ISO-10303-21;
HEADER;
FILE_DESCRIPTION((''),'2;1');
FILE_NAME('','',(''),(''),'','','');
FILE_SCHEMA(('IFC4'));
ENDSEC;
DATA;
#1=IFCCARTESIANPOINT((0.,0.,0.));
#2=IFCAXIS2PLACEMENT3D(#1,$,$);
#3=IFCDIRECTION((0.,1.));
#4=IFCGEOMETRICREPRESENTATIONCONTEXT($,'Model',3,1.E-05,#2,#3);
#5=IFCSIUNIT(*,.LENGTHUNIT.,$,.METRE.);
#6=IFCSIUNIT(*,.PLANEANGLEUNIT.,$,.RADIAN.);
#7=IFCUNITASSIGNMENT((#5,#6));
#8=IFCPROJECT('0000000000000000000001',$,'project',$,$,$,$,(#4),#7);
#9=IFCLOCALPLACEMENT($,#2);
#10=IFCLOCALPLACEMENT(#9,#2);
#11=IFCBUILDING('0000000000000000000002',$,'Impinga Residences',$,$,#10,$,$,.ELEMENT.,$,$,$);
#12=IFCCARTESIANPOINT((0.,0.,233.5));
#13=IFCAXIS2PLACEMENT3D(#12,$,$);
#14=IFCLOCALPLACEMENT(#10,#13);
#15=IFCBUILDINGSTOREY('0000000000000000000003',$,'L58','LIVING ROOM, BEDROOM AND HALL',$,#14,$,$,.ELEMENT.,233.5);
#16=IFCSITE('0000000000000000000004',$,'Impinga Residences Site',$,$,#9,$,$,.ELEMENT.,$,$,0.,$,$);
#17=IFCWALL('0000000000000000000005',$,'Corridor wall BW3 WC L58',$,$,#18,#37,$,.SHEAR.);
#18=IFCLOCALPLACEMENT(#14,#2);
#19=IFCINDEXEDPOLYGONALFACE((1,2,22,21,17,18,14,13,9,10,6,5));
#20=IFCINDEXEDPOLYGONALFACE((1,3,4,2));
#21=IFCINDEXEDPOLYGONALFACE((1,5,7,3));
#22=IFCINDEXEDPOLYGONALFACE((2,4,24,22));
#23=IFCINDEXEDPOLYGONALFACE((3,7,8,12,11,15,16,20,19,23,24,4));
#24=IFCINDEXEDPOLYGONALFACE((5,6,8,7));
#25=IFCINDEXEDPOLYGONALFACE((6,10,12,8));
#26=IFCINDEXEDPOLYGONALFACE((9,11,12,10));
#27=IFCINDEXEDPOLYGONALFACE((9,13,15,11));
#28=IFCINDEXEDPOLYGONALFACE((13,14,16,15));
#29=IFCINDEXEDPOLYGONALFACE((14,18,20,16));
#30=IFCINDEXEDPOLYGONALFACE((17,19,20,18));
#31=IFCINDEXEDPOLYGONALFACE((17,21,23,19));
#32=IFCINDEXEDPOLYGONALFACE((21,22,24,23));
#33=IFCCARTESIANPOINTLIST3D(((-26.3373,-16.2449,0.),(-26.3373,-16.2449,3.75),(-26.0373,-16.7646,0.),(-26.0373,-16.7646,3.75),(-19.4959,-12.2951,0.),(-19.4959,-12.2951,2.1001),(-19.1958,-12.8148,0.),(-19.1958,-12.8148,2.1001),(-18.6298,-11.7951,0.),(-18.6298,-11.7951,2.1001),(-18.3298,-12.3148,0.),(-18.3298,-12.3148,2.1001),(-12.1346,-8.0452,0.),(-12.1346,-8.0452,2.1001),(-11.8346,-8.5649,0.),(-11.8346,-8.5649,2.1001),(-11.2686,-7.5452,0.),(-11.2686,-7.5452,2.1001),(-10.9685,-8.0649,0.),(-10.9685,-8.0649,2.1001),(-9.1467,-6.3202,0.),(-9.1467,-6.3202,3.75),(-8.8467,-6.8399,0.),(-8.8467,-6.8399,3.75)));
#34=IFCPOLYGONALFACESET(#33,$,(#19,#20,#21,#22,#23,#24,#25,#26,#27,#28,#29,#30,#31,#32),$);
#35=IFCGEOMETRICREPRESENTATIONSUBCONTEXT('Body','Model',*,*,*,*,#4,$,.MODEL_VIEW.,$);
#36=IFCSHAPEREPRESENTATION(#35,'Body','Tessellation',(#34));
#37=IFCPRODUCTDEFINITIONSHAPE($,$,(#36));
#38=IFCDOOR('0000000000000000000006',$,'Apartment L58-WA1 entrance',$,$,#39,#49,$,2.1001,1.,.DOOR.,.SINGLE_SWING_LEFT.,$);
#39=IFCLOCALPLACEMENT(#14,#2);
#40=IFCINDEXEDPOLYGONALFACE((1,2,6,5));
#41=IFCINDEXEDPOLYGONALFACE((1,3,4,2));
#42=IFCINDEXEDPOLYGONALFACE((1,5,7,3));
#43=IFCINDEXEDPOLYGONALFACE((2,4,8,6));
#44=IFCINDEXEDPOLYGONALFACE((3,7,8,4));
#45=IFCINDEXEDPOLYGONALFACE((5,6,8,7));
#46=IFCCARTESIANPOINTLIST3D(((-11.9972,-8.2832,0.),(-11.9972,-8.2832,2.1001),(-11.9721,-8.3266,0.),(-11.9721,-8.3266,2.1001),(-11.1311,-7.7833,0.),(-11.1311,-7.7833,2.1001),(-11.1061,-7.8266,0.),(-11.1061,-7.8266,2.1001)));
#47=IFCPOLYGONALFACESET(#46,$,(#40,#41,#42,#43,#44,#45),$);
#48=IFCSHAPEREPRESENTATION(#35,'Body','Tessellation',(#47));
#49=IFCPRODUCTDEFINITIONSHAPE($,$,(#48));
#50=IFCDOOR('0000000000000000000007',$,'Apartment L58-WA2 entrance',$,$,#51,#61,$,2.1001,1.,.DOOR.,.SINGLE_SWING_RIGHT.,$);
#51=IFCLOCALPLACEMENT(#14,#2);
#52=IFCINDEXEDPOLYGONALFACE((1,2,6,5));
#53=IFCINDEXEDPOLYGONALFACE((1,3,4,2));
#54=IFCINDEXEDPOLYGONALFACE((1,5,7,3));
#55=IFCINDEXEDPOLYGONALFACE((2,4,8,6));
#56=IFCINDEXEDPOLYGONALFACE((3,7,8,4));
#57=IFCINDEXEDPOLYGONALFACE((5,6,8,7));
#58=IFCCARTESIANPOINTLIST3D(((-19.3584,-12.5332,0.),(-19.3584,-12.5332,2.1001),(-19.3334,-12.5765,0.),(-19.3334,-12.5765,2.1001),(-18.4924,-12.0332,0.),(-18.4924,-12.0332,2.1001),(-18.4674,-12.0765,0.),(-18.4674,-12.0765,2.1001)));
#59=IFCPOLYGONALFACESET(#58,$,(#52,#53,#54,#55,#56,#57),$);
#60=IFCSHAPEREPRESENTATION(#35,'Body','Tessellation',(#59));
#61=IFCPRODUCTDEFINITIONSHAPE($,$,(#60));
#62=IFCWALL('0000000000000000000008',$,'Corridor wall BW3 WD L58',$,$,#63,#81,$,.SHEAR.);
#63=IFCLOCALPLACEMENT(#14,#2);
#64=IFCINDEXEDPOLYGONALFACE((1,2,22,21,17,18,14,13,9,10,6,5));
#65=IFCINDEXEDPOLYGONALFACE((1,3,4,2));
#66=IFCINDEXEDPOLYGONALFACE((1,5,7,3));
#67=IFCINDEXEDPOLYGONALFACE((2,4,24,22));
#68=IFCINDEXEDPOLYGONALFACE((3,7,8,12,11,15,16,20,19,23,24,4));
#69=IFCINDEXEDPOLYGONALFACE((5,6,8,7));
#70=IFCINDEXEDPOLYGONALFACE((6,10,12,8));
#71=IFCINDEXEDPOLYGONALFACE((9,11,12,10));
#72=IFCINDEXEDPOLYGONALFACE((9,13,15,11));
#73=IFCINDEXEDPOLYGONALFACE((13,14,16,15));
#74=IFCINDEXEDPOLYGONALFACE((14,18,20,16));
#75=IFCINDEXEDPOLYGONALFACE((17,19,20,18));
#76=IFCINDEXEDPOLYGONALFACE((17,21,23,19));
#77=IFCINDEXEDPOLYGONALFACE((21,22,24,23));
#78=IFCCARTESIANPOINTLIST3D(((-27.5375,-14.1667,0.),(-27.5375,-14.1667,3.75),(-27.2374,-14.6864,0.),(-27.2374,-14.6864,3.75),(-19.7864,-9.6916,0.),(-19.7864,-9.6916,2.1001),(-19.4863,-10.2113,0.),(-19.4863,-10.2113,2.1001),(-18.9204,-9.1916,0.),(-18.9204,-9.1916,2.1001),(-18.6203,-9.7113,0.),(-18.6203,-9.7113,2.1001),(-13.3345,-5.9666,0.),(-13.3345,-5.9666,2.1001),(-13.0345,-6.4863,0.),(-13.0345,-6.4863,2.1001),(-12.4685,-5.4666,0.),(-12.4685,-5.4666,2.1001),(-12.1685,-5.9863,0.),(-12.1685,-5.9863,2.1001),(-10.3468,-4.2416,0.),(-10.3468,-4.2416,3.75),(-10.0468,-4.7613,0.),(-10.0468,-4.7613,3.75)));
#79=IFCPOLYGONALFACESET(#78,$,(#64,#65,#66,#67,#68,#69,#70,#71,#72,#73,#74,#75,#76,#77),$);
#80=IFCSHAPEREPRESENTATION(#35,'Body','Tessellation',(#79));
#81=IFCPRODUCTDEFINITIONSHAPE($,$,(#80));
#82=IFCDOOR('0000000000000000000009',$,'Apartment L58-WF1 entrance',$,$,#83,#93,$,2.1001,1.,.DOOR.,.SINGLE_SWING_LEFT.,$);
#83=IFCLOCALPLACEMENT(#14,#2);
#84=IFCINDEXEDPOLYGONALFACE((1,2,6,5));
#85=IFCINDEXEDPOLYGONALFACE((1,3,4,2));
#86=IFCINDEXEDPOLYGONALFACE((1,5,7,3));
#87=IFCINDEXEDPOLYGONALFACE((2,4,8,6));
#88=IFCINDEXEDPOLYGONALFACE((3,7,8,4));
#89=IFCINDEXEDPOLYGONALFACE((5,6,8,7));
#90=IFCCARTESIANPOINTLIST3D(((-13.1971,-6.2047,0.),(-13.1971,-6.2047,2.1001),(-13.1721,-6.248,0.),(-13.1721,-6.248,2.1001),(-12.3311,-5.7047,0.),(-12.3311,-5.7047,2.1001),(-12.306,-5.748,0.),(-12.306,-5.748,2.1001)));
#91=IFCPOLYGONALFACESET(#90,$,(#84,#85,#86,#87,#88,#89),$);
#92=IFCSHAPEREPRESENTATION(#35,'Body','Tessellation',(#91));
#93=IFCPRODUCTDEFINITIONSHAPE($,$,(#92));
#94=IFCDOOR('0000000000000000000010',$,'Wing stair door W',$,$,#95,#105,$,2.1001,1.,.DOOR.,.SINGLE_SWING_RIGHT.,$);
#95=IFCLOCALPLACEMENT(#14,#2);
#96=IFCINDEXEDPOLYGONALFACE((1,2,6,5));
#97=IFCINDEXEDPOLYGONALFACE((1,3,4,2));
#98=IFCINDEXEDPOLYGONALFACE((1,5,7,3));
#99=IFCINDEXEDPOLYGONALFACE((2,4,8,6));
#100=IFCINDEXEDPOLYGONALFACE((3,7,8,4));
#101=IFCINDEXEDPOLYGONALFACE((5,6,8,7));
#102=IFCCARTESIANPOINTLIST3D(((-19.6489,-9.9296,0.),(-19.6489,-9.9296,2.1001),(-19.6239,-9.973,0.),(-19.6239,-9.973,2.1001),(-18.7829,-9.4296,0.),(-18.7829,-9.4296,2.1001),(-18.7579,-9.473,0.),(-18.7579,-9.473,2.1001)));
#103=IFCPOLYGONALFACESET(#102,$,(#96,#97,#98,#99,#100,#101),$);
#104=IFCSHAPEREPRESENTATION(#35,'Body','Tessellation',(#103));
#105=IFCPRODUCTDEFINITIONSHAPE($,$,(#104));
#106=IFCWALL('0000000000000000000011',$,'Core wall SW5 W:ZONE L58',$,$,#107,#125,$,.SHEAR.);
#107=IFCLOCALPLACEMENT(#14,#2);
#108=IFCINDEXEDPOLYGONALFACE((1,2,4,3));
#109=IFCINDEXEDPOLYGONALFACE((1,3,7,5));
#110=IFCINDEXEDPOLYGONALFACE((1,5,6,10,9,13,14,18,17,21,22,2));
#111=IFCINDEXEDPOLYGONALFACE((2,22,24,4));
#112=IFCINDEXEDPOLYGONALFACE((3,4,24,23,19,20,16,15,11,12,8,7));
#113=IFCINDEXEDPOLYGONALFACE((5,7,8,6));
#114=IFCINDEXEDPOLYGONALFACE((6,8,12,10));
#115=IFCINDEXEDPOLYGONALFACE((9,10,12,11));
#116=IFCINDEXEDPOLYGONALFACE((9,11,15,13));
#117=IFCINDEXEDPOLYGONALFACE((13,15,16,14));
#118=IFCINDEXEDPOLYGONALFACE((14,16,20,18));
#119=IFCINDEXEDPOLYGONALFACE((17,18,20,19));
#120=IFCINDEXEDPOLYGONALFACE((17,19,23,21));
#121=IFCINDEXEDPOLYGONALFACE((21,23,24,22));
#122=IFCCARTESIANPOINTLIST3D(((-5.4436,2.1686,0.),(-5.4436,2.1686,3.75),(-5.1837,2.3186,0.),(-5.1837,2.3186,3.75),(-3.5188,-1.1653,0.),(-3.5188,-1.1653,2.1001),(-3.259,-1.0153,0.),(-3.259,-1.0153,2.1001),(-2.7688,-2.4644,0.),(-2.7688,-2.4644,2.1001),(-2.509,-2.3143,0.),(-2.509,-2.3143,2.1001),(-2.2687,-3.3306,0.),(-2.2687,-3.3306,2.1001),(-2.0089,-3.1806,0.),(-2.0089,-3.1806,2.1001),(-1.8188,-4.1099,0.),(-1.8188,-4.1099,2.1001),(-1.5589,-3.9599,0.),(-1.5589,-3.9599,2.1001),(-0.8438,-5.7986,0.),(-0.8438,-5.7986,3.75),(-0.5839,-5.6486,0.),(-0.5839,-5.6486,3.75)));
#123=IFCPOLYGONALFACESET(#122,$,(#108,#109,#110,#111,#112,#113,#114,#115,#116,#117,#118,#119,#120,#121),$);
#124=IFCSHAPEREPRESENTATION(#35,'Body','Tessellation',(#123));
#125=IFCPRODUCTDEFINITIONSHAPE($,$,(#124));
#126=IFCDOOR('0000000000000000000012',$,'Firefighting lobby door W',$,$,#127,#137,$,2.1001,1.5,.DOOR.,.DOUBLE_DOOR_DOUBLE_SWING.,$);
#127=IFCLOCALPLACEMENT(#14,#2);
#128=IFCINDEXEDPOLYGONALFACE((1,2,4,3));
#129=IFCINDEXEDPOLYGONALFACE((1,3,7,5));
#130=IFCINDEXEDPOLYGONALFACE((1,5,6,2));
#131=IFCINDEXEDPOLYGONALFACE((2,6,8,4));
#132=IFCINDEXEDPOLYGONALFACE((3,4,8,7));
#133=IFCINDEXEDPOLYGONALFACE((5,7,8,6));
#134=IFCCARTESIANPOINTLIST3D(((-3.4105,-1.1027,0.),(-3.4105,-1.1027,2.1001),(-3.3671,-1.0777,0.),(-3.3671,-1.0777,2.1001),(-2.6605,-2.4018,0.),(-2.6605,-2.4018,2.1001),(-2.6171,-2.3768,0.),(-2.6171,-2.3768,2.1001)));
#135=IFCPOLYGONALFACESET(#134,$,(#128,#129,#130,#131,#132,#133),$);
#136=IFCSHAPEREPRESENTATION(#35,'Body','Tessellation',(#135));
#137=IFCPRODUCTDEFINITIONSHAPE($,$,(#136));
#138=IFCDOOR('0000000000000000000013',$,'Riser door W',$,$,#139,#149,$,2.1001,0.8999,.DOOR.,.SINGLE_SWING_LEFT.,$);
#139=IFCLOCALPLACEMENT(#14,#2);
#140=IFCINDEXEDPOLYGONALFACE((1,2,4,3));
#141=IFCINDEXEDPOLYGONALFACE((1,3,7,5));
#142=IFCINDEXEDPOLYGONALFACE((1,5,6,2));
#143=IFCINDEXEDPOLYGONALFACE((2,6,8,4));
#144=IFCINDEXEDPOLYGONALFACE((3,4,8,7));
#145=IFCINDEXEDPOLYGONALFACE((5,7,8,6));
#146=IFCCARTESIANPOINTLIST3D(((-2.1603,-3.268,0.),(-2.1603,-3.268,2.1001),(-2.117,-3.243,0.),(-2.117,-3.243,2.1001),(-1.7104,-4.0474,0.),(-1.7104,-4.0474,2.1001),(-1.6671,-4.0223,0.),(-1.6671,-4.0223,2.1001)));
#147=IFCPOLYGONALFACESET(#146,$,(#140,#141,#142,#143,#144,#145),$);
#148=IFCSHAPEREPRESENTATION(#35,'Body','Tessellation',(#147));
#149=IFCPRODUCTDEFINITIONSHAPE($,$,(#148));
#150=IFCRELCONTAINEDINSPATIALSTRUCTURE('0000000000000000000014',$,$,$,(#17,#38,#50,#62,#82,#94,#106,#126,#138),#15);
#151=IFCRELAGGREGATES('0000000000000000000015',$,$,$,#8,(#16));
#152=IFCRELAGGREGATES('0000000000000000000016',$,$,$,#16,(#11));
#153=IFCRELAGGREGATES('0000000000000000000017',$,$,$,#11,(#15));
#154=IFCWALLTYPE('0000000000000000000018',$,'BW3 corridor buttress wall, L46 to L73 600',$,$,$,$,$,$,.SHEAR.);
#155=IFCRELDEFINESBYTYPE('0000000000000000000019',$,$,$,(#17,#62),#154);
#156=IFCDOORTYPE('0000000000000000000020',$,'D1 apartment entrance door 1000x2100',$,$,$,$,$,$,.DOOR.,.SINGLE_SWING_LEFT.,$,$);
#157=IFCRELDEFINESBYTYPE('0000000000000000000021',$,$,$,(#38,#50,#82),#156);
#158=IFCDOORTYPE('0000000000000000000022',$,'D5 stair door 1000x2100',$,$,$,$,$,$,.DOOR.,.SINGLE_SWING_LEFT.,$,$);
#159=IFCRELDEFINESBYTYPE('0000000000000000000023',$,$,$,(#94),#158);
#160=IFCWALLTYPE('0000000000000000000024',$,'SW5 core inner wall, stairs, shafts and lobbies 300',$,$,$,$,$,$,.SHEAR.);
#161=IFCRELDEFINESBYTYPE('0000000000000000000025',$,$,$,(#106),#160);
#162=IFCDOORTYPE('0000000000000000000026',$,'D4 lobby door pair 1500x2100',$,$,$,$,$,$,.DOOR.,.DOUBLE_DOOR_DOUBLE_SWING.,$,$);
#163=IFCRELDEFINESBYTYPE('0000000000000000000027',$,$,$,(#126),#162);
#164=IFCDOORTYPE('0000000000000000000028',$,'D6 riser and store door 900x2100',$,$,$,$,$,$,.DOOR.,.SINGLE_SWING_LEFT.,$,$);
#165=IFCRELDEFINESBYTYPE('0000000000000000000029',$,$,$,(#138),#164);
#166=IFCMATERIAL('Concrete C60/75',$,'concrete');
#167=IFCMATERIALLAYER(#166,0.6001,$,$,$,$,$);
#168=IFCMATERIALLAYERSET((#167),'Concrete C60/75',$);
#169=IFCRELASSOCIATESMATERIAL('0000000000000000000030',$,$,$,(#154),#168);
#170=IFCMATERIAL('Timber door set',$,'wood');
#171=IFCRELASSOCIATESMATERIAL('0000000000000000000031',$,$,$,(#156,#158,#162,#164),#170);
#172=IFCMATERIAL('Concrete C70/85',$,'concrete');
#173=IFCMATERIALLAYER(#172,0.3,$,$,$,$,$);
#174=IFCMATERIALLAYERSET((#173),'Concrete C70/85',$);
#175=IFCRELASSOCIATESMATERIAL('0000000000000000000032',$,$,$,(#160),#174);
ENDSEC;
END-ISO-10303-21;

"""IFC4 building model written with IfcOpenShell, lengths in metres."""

from ifc_helpers import new_model, si_unit, direction, frame, frame_2d, origin, place, context, subcontext, project, spatial, rectangle, extrude, material, layer, layer_set, type_object, element, fill, save


model = new_model("IFC4")

# Units and contexts
model_context = context("Model", 3, precision=1e-05, world=origin(), true_north=direction((0.0, 1.0)))
body_context = subcontext(model_context, "Body", "Model", "MODEL_VIEW")
ifc_project = project(units=[si_unit("LENGTHUNIT", "METRE"), si_unit("PLANEANGLEUNIT", "RADIAN")], contexts=[model_context])

# Site, building, storey
site_placement = place(None, origin())
site = spatial("IfcSite", under=ifc_project, at=site_placement, Name="Impinga Residences Site", CompositionType="ELEMENT", RefElevation=0.0)
building_placement = place(site_placement, origin())
building = spatial("IfcBuilding", under=site, at=building_placement, Name="Impinga Residences", CompositionType="ELEMENT")
storey_placement = place(building_placement, frame((0.0, 0.0, 233.5)))
storey = spatial("IfcBuildingStorey", under=building, at=storey_placement, Name="L58", Description="LIVING ROOM, BEDROOM AND HALL", CompositionType="ELEMENT", Elevation=233.5)

# Walls, openings, doors
ifc_material_1 = material(Name="Concrete C60/75", Category="concrete")
ifc_layer_1 = layer(ifc_material_1, 0.6001)
ifc_layer_set_1 = layer_set([ifc_layer_1], Name="Concrete C60/75")
wall_type_1 = type_object("IfcWallType", Name="BW3 corridor buttress wall, L46 to L73 600", PredefinedType="SHEAR", material=ifc_layer_set_1)
wall_1_placement = place(storey_placement, frame((-8.9968, -6.5801, 0.0), z_axis=(0.0, 0.0, 1.0), x_axis=(-0.866031, -0.499991, 0.0)))
wall_1 = element("IfcWall", 1, at=wall_1_placement, inside=storey, type_object=wall_type_1, Name="Corridor wall BW3 WC L58", PredefinedType="SHEAR", context=body_context, shape_type="SweptSolid", body=[
    extrude(rectangle(XDim=19.8499, YDim=0.6001, at=frame_2d((9.9248, 0.0))), origin(), (0.0, 0.0, 1.0), 3.75),
])
opening_1_placement = place(wall_1_placement, frame((2.45, 0.0, 0.0)))
opening_1 = element("IfcOpeningElement", 2, at=opening_1_placement, cuts=wall_1, PredefinedType="OPENING", context=body_context, shape_type="SweptSolid", body=[
    extrude(rectangle(XDim=1.0, YDim=2.1001, at=frame_2d((0.5, 1.05))), frame((0.0, 0.3101, 0.0), z_axis=(0.0, -1.0, 0.0), x_axis=(1.0, 0.0, 0.0)), (0.0, 0.0, 1.0), 0.6201),
])
opening_2_placement = place(wall_1_placement, frame((10.95, 0.0, 0.0)))
opening_2 = element("IfcOpeningElement", 3, at=opening_2_placement, cuts=wall_1, PredefinedType="OPENING", context=body_context, shape_type="SweptSolid", body=[
    extrude(rectangle(XDim=1.0, YDim=2.1001, at=frame_2d((0.5, 1.05))), frame((0.0, 0.3101, 0.0), z_axis=(0.0, -1.0, 0.0), x_axis=(1.0, 0.0, 0.0)), (0.0, 0.0, 1.0), 0.6201),
])
ifc_material_2 = material(Name="Timber door set", Category="wood")
door_type_1 = type_object("IfcDoorType", Name="D1 apartment entrance door 1000x2100", OperationType="SINGLE_SWING_LEFT", PredefinedType="DOOR", material=ifc_material_2)
door_1_placement = place(opening_1_placement, origin())
door_1 = element("IfcDoor", 4, at=door_1_placement, inside=storey, type_object=door_type_1, Name="Apartment L58-WA1 entrance", OperationType="SINGLE_SWING_LEFT", OverallHeight=2.1001, OverallWidth=1.0, PredefinedType="DOOR", context=body_context, shape_type="SweptSolid", body=[
    extrude(rectangle(XDim=1.0, YDim=2.1001, at=frame_2d((0.5, 1.05))), frame((0.0, 0.0249, 0.0), z_axis=(0.0, -1.0, 0.0), x_axis=(1.0, 0.0, 0.0)), (0.0, 0.0, 1.0), 0.05),
])
fill(opening_1, door_1)
door_2_placement = place(opening_2_placement, origin())
door_2 = element("IfcDoor", 5, at=door_2_placement, inside=storey, type_object=door_type_1, Name="Apartment L58-WA2 entrance", OperationType="SINGLE_SWING_RIGHT", OverallHeight=2.1001, OverallWidth=1.0, PredefinedType="DOOR", context=body_context, shape_type="SweptSolid", body=[
    extrude(rectangle(XDim=1.0, YDim=2.1001, at=frame_2d((0.5, 1.05))), frame((0.0, 0.0249, 0.0), z_axis=(0.0, -1.0, 0.0), x_axis=(1.0, 0.0, 0.0)), (0.0, 0.0, 1.0), 0.05),
])
fill(opening_2, door_2)
wall_2_placement = place(storey_placement, frame((-10.1968, -4.5015, 0.0), z_axis=(0.0, 0.0, 1.0), x_axis=(-0.866025, -0.5, 0.0)))
wall_2 = element("IfcWall", 6, at=wall_2_placement, inside=storey, type_object=wall_type_1, Name="Corridor wall BW3 WD L58", PredefinedType="SHEAR", context=body_context, shape_type="SweptSolid", body=[
    extrude(rectangle(XDim=19.8501, YDim=0.6001, at=frame_2d((9.925, 0.0))), origin(), (0.0, 0.0, 1.0), 3.75),
])
opening_3_placement = place(wall_2_placement, frame((9.8999, 0.0, 0.0)))
opening_3 = element("IfcOpeningElement", 7, at=opening_3_placement, cuts=wall_2, PredefinedType="OPENING", context=body_context, shape_type="SweptSolid", body=[
    extrude(rectangle(XDim=1.0, YDim=2.1001, at=frame_2d((0.5, 1.05))), frame((0.0, 0.3101, 0.0), z_axis=(0.0, -1.0, 0.0), x_axis=(1.0, 0.0, 0.0)), (0.0, 0.0, 1.0), 0.6201),
])
opening_4_placement = place(wall_2_placement, frame((2.45, 0.0, 0.0)))
opening_4 = element("IfcOpeningElement", 8, at=opening_4_placement, cuts=wall_2, PredefinedType="OPENING", context=body_context, shape_type="SweptSolid", body=[
    extrude(rectangle(XDim=1.0, YDim=2.1001, at=frame_2d((0.5, 1.05))), frame((0.0, 0.3101, 0.0), z_axis=(0.0, -1.0, 0.0), x_axis=(1.0, 0.0, 0.0)), (0.0, 0.0, 1.0), 0.6201),
])
door_3_placement = place(opening_4_placement, origin())
door_3 = element("IfcDoor", 9, at=door_3_placement, inside=storey, type_object=door_type_1, Name="Apartment L58-WF1 entrance", OperationType="SINGLE_SWING_LEFT", OverallHeight=2.1001, OverallWidth=1.0, PredefinedType="DOOR", context=body_context, shape_type="SweptSolid", body=[
    extrude(rectangle(XDim=1.0, YDim=2.1001, at=frame_2d((0.5, 1.05))), frame((0.0, 0.0249, 0.0), z_axis=(0.0, -1.0, 0.0), x_axis=(1.0, 0.0, 0.0)), (0.0, 0.0, 1.0), 0.05),
])
fill(opening_4, door_3)
door_type_2 = type_object("IfcDoorType", Name="D5 stair door 1000x2100", OperationType="SINGLE_SWING_LEFT", PredefinedType="DOOR", material=ifc_material_2)
door_4_placement = place(opening_3_placement, origin())
door_4 = element("IfcDoor", 10, at=door_4_placement, inside=storey, type_object=door_type_2, Name="Wing stair door W", OperationType="SINGLE_SWING_RIGHT", OverallHeight=2.1001, OverallWidth=1.0, PredefinedType="DOOR", context=body_context, shape_type="SweptSolid", body=[
    extrude(rectangle(XDim=1.0, YDim=2.1001, at=frame_2d((0.5, 1.05))), frame((0.0, 0.0249, 0.0), z_axis=(0.0, -1.0, 0.0), x_axis=(1.0, 0.0, 0.0)), (0.0, 0.0, 1.0), 0.05),
])
fill(opening_3, door_4)
ifc_material_3 = material(Name="Concrete C70/85", Category="concrete")
ifc_layer_2 = layer(ifc_material_3, 0.3)
ifc_layer_set_2 = layer_set([ifc_layer_2], Name="Concrete C70/85")
wall_type_2 = type_object("IfcWallType", Name="SW5 core inner wall, stairs, shafts and lobbies 300", PredefinedType="SHEAR", material=ifc_layer_set_2)
wall_3_placement = place(storey_placement, frame((-0.7139, -5.7236, 0.0), z_axis=(0.0, 0.0, 1.0), x_axis=(-0.499995, 0.866028, 0.0)))
wall_3 = element("IfcWall", 11, at=wall_3_placement, inside=storey, type_object=wall_type_2, Name="Core wall SW5 W:ZONE L58", PredefinedType="SHEAR", context=body_context, shape_type="SweptSolid", body=[
    extrude(rectangle(XDim=9.1997, YDim=0.3, at=frame_2d((4.5999, 0.0))), origin(), (0.0, 0.0, 1.0), 3.75),
])
opening_5_placement = place(wall_3_placement, frame((3.8501, 0.0, 0.0)))
opening_5 = element("IfcOpeningElement", 12, at=opening_5_placement, cuts=wall_3, PredefinedType="OPENING", context=body_context, shape_type="SweptSolid", body=[
    extrude(rectangle(XDim=1.5, YDim=2.1001, at=frame_2d((0.75, 1.05))), frame((0.0, 0.1599, 0.0), z_axis=(0.0, -1.0, 0.0), x_axis=(1.0, 0.0, 0.0)), (0.0, 0.0, 1.0), 0.3201),
])
opening_6_placement = place(wall_3_placement, frame((1.95, 0.0, 0.0)))
opening_6 = element("IfcOpeningElement", 13, at=opening_6_placement, cuts=wall_3, PredefinedType="OPENING", context=body_context, shape_type="SweptSolid", body=[
    extrude(rectangle(XDim=0.8999, YDim=2.1001, at=frame_2d((0.45, 1.05))), frame((0.0, 0.1599, 0.0), z_axis=(0.0, -1.0, 0.0), x_axis=(1.0, 0.0, 0.0)), (0.0, 0.0, 1.0), 0.3201),
])
door_type_3 = type_object("IfcDoorType", Name="D4 lobby door pair 1500x2100", OperationType="DOUBLE_DOOR_DOUBLE_SWING", PredefinedType="DOOR", material=ifc_material_2)
door_5_placement = place(opening_5_placement, origin())
door_5 = element("IfcDoor", 14, at=door_5_placement, inside=storey, type_object=door_type_3, Name="Firefighting lobby door W", OperationType="DOUBLE_DOOR_DOUBLE_SWING", OverallHeight=2.1001, OverallWidth=1.5, PredefinedType="DOOR", context=body_context, shape_type="SweptSolid", body=[
    extrude(rectangle(XDim=1.5, YDim=2.1001, at=frame_2d((0.75, 1.05))), frame((0.0, 0.0249, 0.0), z_axis=(0.0, -1.0, 0.0), x_axis=(1.0, 0.0, 0.0)), (0.0, 0.0, 1.0), 0.05),
])
fill(opening_5, door_5)
door_type_4 = type_object("IfcDoorType", Name="D6 riser and store door 900x2100", OperationType="SINGLE_SWING_LEFT", PredefinedType="DOOR", material=ifc_material_2)
door_6_placement = place(opening_6_placement, origin())
door_6 = element("IfcDoor", 15, at=door_6_placement, inside=storey, type_object=door_type_4, Name="Riser door W", OperationType="SINGLE_SWING_LEFT", OverallHeight=2.1001, OverallWidth=0.8999, PredefinedType="DOOR", context=body_context, shape_type="SweptSolid", body=[
    extrude(rectangle(XDim=0.8999, YDim=2.1001, at=frame_2d((0.45, 1.05))), frame((0.0, 0.0249, 0.0), z_axis=(0.0, -1.0, 0.0), x_axis=(1.0, 0.0, 0.0)), (0.0, 0.0, 1.0), 0.05),
])
fill(opening_6, door_6)

save(model, "model.ifc")
